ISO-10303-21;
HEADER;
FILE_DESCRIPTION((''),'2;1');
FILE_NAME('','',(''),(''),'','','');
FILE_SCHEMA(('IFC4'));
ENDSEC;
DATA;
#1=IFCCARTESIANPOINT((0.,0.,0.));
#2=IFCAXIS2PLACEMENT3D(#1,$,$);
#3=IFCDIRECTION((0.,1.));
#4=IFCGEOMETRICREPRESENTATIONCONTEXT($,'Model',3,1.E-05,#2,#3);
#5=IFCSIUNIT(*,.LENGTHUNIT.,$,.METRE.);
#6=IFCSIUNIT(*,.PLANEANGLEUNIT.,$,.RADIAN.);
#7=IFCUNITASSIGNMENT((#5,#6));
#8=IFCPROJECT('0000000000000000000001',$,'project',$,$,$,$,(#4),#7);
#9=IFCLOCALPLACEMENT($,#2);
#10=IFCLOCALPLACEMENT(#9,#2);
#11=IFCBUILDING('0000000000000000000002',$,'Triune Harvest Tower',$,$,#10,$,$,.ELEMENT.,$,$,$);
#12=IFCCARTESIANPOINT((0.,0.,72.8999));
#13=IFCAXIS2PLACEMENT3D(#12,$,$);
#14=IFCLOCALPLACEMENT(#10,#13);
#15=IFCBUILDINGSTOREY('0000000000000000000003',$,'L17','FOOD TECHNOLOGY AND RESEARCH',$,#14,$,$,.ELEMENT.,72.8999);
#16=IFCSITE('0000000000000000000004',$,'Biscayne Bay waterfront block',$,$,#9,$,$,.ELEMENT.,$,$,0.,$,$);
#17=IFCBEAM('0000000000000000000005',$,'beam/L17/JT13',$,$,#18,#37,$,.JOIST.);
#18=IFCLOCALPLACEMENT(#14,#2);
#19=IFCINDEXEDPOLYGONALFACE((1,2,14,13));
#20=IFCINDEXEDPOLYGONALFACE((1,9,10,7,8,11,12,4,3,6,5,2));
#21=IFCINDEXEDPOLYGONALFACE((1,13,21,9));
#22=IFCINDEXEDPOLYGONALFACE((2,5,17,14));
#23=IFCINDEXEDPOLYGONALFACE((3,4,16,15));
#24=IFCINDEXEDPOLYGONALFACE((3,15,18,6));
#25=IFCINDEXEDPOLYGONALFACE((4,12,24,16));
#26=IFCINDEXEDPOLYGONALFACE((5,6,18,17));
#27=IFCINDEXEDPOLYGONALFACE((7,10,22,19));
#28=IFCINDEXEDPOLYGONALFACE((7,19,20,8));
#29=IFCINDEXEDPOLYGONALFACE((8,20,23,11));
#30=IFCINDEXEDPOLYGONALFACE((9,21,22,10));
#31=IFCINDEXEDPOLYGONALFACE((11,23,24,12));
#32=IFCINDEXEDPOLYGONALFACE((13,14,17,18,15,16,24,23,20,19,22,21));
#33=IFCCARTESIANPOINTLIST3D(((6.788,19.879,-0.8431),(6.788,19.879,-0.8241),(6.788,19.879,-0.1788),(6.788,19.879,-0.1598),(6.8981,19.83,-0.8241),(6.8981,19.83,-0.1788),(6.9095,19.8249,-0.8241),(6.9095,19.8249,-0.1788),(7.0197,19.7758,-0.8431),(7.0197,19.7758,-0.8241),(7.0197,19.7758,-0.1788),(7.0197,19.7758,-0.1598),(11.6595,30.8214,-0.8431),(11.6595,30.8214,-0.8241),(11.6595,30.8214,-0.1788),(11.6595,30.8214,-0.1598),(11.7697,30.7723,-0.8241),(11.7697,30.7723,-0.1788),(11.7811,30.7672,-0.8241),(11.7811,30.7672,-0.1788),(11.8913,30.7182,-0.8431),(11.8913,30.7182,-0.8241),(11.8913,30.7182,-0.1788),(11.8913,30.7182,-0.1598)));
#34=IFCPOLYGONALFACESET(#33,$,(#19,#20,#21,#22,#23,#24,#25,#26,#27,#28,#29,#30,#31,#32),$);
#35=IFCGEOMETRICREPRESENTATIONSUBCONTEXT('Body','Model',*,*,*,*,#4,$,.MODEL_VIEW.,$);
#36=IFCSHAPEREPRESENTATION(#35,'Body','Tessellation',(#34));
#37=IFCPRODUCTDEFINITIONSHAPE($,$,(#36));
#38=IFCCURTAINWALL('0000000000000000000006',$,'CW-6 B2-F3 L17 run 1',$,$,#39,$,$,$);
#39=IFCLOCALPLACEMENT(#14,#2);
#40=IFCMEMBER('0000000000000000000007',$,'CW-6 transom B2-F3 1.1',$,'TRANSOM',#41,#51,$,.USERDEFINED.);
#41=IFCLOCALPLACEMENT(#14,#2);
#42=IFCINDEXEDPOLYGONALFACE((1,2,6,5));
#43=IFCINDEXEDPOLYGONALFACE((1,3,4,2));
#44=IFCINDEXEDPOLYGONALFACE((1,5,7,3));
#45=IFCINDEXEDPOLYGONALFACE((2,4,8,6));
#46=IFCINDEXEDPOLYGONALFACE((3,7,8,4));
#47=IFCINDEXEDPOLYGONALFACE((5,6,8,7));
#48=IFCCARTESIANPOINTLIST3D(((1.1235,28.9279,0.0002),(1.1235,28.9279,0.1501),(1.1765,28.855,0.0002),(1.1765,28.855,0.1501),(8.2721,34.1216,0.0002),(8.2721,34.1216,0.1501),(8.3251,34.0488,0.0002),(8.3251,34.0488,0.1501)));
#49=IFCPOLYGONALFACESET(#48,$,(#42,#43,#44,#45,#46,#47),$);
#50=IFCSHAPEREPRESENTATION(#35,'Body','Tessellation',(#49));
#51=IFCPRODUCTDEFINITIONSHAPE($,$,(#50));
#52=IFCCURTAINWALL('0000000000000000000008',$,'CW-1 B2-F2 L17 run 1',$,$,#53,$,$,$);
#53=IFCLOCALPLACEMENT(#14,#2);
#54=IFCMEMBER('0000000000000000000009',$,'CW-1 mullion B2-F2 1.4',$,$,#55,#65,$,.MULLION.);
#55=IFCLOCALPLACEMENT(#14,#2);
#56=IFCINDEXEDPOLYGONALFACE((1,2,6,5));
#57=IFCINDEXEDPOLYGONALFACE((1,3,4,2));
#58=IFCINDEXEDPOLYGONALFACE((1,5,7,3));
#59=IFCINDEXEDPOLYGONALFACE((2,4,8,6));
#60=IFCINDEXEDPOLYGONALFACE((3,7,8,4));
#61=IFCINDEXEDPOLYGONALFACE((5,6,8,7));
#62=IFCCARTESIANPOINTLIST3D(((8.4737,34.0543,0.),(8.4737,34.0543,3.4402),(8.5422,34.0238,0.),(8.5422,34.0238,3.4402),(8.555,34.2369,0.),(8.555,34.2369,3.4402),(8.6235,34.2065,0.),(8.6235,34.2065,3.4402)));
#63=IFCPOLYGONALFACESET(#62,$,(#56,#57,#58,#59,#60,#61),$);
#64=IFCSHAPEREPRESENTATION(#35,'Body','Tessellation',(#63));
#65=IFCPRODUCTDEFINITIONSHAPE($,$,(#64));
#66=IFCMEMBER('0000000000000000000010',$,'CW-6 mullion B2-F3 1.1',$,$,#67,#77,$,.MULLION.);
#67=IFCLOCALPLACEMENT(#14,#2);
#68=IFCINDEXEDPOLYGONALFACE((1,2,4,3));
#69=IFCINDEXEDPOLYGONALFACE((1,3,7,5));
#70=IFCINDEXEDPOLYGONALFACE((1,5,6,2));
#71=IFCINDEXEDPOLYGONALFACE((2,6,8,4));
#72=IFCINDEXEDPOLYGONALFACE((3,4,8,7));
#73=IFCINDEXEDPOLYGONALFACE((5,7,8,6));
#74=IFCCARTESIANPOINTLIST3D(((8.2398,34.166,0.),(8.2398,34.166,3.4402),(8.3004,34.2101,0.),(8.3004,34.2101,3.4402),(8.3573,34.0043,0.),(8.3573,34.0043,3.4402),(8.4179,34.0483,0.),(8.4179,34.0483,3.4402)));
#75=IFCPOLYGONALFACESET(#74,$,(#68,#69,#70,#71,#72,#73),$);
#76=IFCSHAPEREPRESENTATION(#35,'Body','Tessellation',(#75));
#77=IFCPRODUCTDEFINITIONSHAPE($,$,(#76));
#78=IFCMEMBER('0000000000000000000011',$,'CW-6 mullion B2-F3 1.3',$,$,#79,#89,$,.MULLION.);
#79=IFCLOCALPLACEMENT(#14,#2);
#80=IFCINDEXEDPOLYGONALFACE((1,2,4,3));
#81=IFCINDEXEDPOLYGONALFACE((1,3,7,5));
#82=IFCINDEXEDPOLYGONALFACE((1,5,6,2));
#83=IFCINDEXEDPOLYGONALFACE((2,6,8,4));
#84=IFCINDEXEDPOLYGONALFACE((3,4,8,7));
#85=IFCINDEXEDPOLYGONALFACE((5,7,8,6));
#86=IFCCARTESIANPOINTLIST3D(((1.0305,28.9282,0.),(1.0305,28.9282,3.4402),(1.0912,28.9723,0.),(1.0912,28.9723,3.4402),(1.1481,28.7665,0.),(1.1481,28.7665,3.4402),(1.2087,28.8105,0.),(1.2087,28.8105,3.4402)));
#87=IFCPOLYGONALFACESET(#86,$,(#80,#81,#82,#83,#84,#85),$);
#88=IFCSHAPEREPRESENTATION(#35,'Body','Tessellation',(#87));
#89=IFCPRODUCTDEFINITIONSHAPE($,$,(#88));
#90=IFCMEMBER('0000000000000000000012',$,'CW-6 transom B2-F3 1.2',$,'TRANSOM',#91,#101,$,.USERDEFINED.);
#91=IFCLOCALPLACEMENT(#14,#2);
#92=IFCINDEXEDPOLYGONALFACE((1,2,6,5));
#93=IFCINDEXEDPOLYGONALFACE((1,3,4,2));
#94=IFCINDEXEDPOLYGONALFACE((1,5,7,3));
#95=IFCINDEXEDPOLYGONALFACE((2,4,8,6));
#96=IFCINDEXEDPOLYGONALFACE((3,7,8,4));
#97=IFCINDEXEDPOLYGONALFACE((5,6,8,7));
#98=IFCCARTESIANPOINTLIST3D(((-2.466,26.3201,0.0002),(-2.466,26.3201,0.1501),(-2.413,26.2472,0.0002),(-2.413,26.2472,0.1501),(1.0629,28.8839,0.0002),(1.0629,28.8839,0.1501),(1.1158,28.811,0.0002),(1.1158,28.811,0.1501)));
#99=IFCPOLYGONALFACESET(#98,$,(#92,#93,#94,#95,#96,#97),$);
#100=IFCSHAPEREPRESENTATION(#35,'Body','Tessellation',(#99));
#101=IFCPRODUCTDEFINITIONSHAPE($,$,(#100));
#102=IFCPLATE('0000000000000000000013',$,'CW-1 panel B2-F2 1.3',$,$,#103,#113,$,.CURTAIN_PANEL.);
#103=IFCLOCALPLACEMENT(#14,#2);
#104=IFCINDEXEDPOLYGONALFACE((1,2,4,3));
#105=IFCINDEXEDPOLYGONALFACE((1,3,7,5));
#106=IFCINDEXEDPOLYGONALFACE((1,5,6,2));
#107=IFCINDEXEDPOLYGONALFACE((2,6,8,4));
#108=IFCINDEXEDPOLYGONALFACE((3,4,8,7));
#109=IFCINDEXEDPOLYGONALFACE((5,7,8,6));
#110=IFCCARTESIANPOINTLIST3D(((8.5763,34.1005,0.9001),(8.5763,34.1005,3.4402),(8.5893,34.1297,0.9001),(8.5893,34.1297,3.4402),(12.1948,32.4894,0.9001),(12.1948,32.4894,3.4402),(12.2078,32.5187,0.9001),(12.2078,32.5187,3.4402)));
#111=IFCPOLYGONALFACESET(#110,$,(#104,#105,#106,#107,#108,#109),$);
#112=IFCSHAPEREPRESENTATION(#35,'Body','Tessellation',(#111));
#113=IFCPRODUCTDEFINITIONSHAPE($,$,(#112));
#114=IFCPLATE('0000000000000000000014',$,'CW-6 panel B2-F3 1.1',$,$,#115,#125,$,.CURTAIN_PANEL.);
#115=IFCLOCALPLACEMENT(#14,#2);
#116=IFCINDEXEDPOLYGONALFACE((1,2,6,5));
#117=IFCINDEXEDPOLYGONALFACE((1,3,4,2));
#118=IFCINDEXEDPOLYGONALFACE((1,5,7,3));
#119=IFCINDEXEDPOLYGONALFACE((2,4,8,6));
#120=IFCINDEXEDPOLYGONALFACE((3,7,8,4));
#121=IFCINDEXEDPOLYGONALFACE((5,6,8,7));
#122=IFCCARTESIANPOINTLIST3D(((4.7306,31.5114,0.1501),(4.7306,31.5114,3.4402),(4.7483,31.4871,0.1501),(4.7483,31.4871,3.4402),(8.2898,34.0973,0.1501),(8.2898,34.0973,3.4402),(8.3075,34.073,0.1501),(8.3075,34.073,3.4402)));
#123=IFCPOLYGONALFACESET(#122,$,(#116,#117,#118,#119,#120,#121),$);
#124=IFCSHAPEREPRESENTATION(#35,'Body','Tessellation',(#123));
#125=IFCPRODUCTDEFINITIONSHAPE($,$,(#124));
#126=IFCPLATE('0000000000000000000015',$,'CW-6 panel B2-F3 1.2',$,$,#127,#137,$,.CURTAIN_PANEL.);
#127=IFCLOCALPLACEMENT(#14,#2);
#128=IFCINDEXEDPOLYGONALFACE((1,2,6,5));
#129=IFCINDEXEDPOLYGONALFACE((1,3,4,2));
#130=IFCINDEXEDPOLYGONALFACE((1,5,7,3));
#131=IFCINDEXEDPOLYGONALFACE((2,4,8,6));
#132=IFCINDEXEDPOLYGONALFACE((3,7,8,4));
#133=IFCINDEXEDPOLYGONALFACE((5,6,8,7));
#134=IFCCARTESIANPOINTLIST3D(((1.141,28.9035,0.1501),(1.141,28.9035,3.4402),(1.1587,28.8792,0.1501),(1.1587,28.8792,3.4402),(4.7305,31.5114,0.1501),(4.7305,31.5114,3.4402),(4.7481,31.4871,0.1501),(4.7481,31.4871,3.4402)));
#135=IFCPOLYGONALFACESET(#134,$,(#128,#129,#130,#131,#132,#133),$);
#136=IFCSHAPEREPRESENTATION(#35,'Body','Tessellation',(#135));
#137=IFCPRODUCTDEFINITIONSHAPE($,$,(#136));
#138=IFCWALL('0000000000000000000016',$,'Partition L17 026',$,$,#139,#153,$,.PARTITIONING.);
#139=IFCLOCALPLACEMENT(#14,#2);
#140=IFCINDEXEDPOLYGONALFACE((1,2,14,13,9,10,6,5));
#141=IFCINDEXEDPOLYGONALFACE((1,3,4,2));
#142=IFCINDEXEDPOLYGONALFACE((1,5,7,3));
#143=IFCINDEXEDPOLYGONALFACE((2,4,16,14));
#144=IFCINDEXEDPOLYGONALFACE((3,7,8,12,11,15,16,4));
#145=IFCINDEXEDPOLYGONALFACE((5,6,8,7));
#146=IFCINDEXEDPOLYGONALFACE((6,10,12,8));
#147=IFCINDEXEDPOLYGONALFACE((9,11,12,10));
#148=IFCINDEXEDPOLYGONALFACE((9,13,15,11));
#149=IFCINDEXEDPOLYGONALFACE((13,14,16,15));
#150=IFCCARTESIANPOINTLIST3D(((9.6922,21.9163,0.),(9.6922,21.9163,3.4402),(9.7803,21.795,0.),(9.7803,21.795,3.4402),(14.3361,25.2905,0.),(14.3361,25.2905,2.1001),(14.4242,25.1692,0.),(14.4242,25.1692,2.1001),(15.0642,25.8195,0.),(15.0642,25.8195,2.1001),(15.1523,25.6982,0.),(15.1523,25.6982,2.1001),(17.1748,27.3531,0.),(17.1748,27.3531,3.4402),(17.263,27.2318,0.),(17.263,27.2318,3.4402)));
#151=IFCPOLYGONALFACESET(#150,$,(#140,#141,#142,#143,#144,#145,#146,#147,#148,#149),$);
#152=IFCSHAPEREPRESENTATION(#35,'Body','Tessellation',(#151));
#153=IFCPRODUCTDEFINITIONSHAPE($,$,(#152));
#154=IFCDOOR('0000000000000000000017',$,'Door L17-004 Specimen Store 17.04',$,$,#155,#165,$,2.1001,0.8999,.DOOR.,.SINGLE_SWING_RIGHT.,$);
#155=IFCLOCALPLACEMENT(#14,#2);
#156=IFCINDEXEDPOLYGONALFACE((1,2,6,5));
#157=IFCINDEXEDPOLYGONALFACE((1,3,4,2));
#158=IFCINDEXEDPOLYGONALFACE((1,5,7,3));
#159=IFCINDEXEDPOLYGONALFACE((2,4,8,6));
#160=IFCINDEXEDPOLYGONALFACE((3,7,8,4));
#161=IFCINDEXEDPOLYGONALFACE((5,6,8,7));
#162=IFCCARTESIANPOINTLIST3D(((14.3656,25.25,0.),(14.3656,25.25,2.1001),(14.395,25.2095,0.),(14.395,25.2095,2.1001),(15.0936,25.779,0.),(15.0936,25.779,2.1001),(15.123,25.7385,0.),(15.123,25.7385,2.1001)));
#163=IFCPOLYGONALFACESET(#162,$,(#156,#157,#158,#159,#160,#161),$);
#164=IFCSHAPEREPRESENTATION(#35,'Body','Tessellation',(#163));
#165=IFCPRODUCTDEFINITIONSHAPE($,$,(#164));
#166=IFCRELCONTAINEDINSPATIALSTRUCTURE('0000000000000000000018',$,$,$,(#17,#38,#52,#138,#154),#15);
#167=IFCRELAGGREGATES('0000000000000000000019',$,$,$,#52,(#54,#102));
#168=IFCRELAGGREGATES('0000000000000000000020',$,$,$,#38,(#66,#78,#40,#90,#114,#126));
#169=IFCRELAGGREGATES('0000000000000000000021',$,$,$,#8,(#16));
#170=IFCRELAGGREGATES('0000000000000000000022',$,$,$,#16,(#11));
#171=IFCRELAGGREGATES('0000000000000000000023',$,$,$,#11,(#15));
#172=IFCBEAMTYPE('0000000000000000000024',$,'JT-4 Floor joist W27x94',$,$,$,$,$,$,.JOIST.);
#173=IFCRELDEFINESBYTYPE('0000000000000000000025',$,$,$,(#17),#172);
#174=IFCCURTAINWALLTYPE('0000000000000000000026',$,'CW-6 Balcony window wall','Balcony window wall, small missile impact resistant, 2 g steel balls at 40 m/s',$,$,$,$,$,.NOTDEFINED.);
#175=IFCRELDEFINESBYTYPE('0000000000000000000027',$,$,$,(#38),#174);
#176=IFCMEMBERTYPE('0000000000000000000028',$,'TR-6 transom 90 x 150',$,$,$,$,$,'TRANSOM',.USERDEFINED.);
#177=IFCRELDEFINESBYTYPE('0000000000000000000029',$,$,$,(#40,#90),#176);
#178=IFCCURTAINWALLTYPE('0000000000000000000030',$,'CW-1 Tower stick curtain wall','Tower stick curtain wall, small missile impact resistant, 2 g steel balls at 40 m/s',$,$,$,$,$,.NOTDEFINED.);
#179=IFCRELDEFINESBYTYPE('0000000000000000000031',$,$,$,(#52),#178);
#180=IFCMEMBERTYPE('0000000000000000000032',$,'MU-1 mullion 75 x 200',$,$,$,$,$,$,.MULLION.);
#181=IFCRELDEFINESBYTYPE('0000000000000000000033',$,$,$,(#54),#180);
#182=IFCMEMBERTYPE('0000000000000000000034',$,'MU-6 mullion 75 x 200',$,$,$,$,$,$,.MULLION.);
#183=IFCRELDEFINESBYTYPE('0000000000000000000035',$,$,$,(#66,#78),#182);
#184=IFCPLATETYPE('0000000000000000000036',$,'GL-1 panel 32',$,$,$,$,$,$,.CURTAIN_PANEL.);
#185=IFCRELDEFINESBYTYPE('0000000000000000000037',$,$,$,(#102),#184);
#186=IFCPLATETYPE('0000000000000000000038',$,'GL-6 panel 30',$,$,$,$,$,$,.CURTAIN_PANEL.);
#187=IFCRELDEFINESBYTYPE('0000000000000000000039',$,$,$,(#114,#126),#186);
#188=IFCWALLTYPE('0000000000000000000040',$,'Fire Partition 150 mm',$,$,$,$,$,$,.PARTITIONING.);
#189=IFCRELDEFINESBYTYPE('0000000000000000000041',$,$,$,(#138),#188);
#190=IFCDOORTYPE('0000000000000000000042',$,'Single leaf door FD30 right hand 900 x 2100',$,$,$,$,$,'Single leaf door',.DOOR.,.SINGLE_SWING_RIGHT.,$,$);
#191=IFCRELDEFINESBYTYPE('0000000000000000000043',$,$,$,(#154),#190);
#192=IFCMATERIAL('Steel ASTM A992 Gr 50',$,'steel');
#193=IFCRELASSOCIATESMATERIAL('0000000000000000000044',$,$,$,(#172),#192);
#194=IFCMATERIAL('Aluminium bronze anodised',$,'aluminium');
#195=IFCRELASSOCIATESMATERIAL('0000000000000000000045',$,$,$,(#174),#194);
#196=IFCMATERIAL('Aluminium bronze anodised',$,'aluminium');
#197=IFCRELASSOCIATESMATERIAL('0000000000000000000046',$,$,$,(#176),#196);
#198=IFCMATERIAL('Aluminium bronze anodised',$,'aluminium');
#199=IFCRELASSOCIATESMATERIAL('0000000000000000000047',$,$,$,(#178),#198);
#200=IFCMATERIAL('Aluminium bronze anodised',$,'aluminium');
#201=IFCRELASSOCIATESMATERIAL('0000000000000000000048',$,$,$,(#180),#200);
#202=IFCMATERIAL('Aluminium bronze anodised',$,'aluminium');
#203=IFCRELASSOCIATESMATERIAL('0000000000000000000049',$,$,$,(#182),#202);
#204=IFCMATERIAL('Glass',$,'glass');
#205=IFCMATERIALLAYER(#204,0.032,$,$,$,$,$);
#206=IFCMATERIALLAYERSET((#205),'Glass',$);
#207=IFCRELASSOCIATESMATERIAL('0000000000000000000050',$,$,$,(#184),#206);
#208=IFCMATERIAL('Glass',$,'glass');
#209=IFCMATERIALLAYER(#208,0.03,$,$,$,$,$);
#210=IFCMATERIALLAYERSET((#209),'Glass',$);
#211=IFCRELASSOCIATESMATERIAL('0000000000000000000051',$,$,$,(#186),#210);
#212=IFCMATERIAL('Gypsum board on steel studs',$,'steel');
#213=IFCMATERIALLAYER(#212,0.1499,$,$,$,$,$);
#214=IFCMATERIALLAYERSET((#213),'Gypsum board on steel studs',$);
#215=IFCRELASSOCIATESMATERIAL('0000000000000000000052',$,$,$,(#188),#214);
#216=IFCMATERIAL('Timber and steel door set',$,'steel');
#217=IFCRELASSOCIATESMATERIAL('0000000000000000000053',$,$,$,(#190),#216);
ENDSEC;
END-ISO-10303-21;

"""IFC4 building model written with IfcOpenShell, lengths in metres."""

from ifc_helpers import new_model, si_unit, direction, frame, frame_2d, origin, origin_2d, place, context, subcontext, project, spatial, rectangle, i_section, extrude, source, transform, mapped, material, layer, layer_set, material_profile, profile_set, type_object, element, fill, aggregate, save


model = new_model("IFC4")

# Units and contexts
model_context = context("Model", 3, precision=1e-05, world=origin(), true_north=direction((0.0, 1.0)))
body_context = subcontext(model_context, "Body", "Model", "MODEL_VIEW")
ifc_project = project(units=[si_unit("LENGTHUNIT", "METRE"), si_unit("PLANEANGLEUNIT", "RADIAN")], contexts=[model_context])

# Site, building, storey
site_placement = place(None, origin())
site = spatial("IfcSite", under=ifc_project, at=site_placement, Name="Biscayne Bay waterfront block", CompositionType="ELEMENT", RefElevation=0.0)
building_placement = place(site_placement, origin())
building = spatial("IfcBuilding", under=site, at=building_placement, Name="Triune Harvest Tower", CompositionType="ELEMENT")
storey_placement = place(building_placement, frame((0.0, 0.0, 72.8999)))
storey = spatial("IfcBuildingStorey", under=building, at=storey_placement, Name="L17", Description="FOOD TECHNOLOGY AND RESEARCH", CompositionType="ELEMENT", Elevation=72.8999)

# Beam
ifc_material_1 = material(Name="Steel ASTM A992 Gr 50", Category="steel")
ifc_material_profile_1 = material_profile(ifc_material_1, i_section(OverallWidth=0.2537, OverallDepth=0.6833, WebThickness=0.0125, FlangeThickness=0.019, at=origin_2d()), Name="W27x94")
ifc_profile_set_1 = profile_set([ifc_material_profile_1], Name="Steel ASTM A992 Gr 50")
beam_type_1 = type_object("IfcBeamType", Name="JT-4 Floor joist W27x94", PredefinedType="JOIST", material=ifc_profile_set_1)
shared_shape_1 = source(origin(), body_context, "Body", "SweptSolid", [
    extrude(i_section(OverallWidth=0.2537, OverallDepth=0.6833, WebThickness=0.0125, FlangeThickness=0.019, at=origin_2d()), origin(), (0.0, 0.0, 1.0), 11.9778),
])
beam_1_placement = place(storey_placement, frame((11.7754, 30.7698, -0.5015), z_axis=(-0.406717, -0.913554, 0.0), x_axis=(0.913554, -0.406717, 0.0)))
element("IfcBeam", 1, at=beam_1_placement, inside=storey, type_object=beam_type_1, Name="beam/L17/JT13", PredefinedType="JOIST", context=body_context, shape_type="MappedRepresentation", body=[
    mapped(shared_shape_1, transform((0.0, 0.0, 0.0), scale=1.0)),
])

# Curtain walls, members
ifc_material_2 = material(Name="Aluminium bronze anodised", Category="aluminium")
curtain_wall_type_1 = type_object("IfcCurtainWallType", Name="CW-6 Balcony window wall", Description="Balcony window wall, small missile impact resistant, 2 g steel balls at 40 m/s", PredefinedType="NOTDEFINED", material=ifc_material_2)
curtain_wall_1_placement = place(storey_placement, origin())
curtain_wall_1 = element("IfcCurtainWall", 2, at=curtain_wall_1_placement, inside=storey, type_object=curtain_wall_type_1, Name="CW-6 B2-F3 L17 run 1")
ifc_material_3 = material(Name="Aluminium bronze anodised", Category="aluminium")
ifc_material_profile_2 = material_profile(ifc_material_3, rectangle(XDim=0.0901, YDim=0.1499, at=origin_2d()), Name="TR-6 transom 90 x 150")
ifc_profile_set_2 = profile_set([ifc_material_profile_2], Name="Aluminium bronze anodised")
member_type_1 = type_object("IfcMemberType", Name="TR-6 transom 90 x 150", ElementType="TRANSOM", PredefinedType="USERDEFINED", material=ifc_profile_set_2)
shared_shape_2 = source(origin(), body_context, "Body", "SweptSolid", [
    extrude(rectangle(XDim=0.0901, YDim=0.1499, at=origin_2d()), origin(), (0.0, 0.0, 1.0), 8.8362),
])
member_1_placement = place(storey_placement, frame((8.2986, 34.0852, 0.0752), z_axis=(-0.809016, -0.587787, 0.0), x_axis=(0.587787, -0.809016, 0.0)))
member_1 = element("IfcMember", 3, at=member_1_placement, type_object=member_type_1, Name="CW-6 transom B2-F3 1.1", ObjectType="TRANSOM", PredefinedType="USERDEFINED", context=body_context, shape_type="MappedRepresentation", body=[
    mapped(shared_shape_2, transform((0.0, 0.0, 0.0), scale=1.0)),
])
ifc_material_4 = material(Name="Aluminium bronze anodised", Category="aluminium")
curtain_wall_type_2 = type_object("IfcCurtainWallType", Name="CW-1 Tower stick curtain wall", Description="Tower stick curtain wall, small missile impact resistant, 2 g steel balls at 40 m/s", PredefinedType="NOTDEFINED", material=ifc_material_4)
curtain_wall_2_placement = place(storey_placement, origin())
curtain_wall_2 = element("IfcCurtainWall", 4, at=curtain_wall_2_placement, inside=storey, type_object=curtain_wall_type_2, Name="CW-1 B2-F2 L17 run 1")
ifc_material_5 = material(Name="Aluminium bronze anodised", Category="aluminium")
ifc_material_profile_3 = material_profile(ifc_material_5, rectangle(XDim=0.2, YDim=0.075, at=origin_2d()), Name="MU-1 mullion 75 x 200")
ifc_profile_set_3 = profile_set([ifc_material_profile_3], Name="Aluminium bronze anodised")
member_type_2 = type_object("IfcMemberType", Name="MU-1 mullion 75 x 200", PredefinedType="MULLION", material=ifc_profile_set_3)
shared_shape_3 = source(origin(), body_context, "Body", "SweptSolid", [
    extrude(rectangle(XDim=0.2, YDim=0.075, at=origin_2d()), origin(), (0.0, 0.0, 1.0), 3.4402),
])
member_2_placement = place(storey_placement, frame((8.5486, 34.1304, 0.0), z_axis=(0.0, 0.0, 1.0), x_axis=(-0.406734, -0.913547, 0.0)))
member_2 = element("IfcMember", 5, at=member_2_placement, type_object=member_type_2, Name="CW-1 mullion B2-F2 1.4", PredefinedType="MULLION", context=body_context, shape_type="MappedRepresentation", body=[
    mapped(shared_shape_3, transform((0.0, 0.0, 0.0), scale=1.0)),
])

# Members
ifc_material_6 = material(Name="Aluminium bronze anodised", Category="aluminium")
ifc_material_profile_4 = material_profile(ifc_material_6, rectangle(XDim=0.2, YDim=0.075, at=origin_2d()), Name="MU-6 mullion 75 x 200")
ifc_profile_set_4 = profile_set([ifc_material_profile_4], Name="Aluminium bronze anodised")
member_type_3 = type_object("IfcMemberType", Name="MU-6 mullion 75 x 200", PredefinedType="MULLION", material=ifc_profile_set_4)
shared_shape_4 = source(origin(), body_context, "Body", "SweptSolid", [
    extrude(rectangle(XDim=0.2, YDim=0.075, at=origin_2d()), origin(), (0.0, 0.0, 1.0), 3.4402),
])
member_3_placement = place(storey_placement, frame((8.3289, 34.1072, 0.0), z_axis=(0.0, 0.0, 1.0), x_axis=(0.587785, -0.809017, 0.0)))
member_3 = element("IfcMember", 6, at=member_3_placement, type_object=member_type_3, Name="CW-6 mullion B2-F3 1.1", PredefinedType="MULLION", context=body_context, shape_type="MappedRepresentation", body=[
    mapped(shared_shape_4, transform((0.0, 0.0, 0.0), scale=1.0)),
])
member_4_placement = place(storey_placement, frame((1.1196, 28.8694, 0.0), z_axis=(0.0, 0.0, 1.0), x_axis=(0.587785, -0.809017, 0.0)))
member_4 = element("IfcMember", 7, at=member_4_placement, type_object=member_type_3, Name="CW-6 mullion B2-F3 1.3", PredefinedType="MULLION", context=body_context, shape_type="MappedRepresentation", body=[
    mapped(shared_shape_4, transform((0.0, 0.0, 0.0), scale=1.0)),
])
shared_shape_5 = source(origin(), body_context, "Body", "SweptSolid", [
    extrude(rectangle(XDim=0.0901, YDim=0.1499, at=origin_2d()), origin(), (0.0, 0.0, 1.0), 4.3618),
])
member_5_placement = place(storey_placement, frame((1.0894, 28.8474, 0.0752), z_axis=(-0.809029, -0.587769, 0.0), x_axis=(0.587769, -0.809029, 0.0)))
member_5 = element("IfcMember", 8, at=member_5_placement, type_object=member_type_1, Name="CW-6 transom B2-F3 1.2", ObjectType="TRANSOM", PredefinedType="USERDEFINED", context=body_context, shape_type="MappedRepresentation", body=[
    mapped(shared_shape_5, transform((0.0, 0.0, 0.0), scale=1.0)),
])

# Plates
ifc_material_7 = material(Name="Glass", Category="glass")
ifc_layer_1 = layer(ifc_material_7, 0.032)
ifc_layer_set_1 = layer_set([ifc_layer_1], Name="Glass")
plate_type_1 = type_object("IfcPlateType", Name="GL-1 panel 32", PredefinedType="CURTAIN_PANEL", material=ifc_layer_set_1)
shared_shape_6 = source(origin(), body_context, "Body", "SweptSolid", [
    extrude(rectangle(XDim=3.9609, YDim=0.032, at=origin_2d()), origin(), (0.0, 0.0, 1.0), 2.54),
])
plate_1_placement = place(storey_placement, frame((10.3921, 33.3096, 0.9001), z_axis=(0.0, 0.0, 1.0), x_axis=(-0.913547, 0.406734, 0.0)))
plate_1 = element("IfcPlate", 9, at=plate_1_placement, type_object=plate_type_1, Name="CW-1 panel B2-F2 1.3", PredefinedType="CURTAIN_PANEL", context=body_context, shape_type="MappedRepresentation", body=[
    mapped(shared_shape_6, transform((0.0, 0.0, 0.0), scale=1.0)),
])
aggregate(curtain_wall_2, [member_2, plate_1])
ifc_material_8 = material(Name="Glass", Category="glass")
ifc_layer_2 = layer(ifc_material_8, 0.03)
ifc_layer_set_2 = layer_set([ifc_layer_2], Name="Glass")
plate_type_2 = type_object("IfcPlateType", Name="GL-6 panel 30", PredefinedType="CURTAIN_PANEL", material=ifc_layer_set_2)
shared_shape_7 = source(origin(), body_context, "Body", "SweptSolid", [
    extrude(rectangle(XDim=4.3994, YDim=0.03, at=origin_2d()), origin(), (0.0, 0.0, 1.0), 3.29),
])
plate_2_placement = place(storey_placement, frame((6.519, 32.7922, 0.1501), z_axis=(0.0, 0.0, 1.0), x_axis=(-0.809017, -0.587785, 0.0)))
plate_2 = element("IfcPlate", 10, at=plate_2_placement, type_object=plate_type_2, Name="CW-6 panel B2-F3 1.1", PredefinedType="CURTAIN_PANEL", context=body_context, shape_type="MappedRepresentation", body=[
    mapped(shared_shape_7, transform((0.0, 0.0, 0.0), scale=1.0)),
])
shared_shape_8 = source(origin(), body_context, "Body", "SweptSolid", [
    extrude(rectangle(XDim=4.4368, YDim=0.03, at=origin_2d()), origin(), (0.0, 0.0, 1.0), 3.29),
])
plate_3_placement = place(storey_placement, frame((2.9446, 30.1953, 0.1501), z_axis=(0.0, 0.0, 1.0), x_axis=(-0.809017, -0.587785, 0.0)))
plate_3 = element("IfcPlate", 11, at=plate_3_placement, type_object=plate_type_2, Name="CW-6 panel B2-F3 1.2", PredefinedType="CURTAIN_PANEL", context=body_context, shape_type="MappedRepresentation", body=[
    mapped(shared_shape_8, transform((0.0, 0.0, 0.0), scale=1.0)),
])
aggregate(curtain_wall_1, [member_3, member_4, member_1, member_5, plate_2, plate_3])

# Wall, opening, door
ifc_material_9 = material(Name="Gypsum board on steel studs", Category="steel")
ifc_layer_3 = layer(ifc_material_9, 0.1499)
ifc_layer_set_3 = layer_set([ifc_layer_3], Name="Gypsum board on steel studs")
wall_type_1 = type_object("IfcWallType", Name="Fire Partition 150 mm", PredefinedType="PARTITIONING", material=ifc_layer_set_3)
wall_1_placement = place(storey_placement, frame((9.7363, 21.8557, 0.0), z_axis=(0.0, 0.0, 1.0), x_axis=(0.809002, 0.587806, 0.0)))
wall_1 = element("IfcWall", 12, at=wall_1_placement, inside=storey, type_object=wall_type_1, Name="Partition L17 026", PredefinedType="PARTITIONING", context=body_context, shape_type="SweptSolid", body=[
    extrude(rectangle(XDim=9.2493, YDim=0.1499, at=frame_2d((4.6245, 0.0))), origin(), (0.0, 0.0, 1.0), 3.4402),
])
opening_1_placement = place(wall_1_placement, frame((5.7402, 0.0, 0.0)))
opening_1 = element("IfcOpeningElement", 13, at=opening_1_placement, cuts=wall_1, PredefinedType="OPENING", context=body_context, shape_type="SweptSolid", body=[
    extrude(rectangle(XDim=0.8999, YDim=2.1001, at=frame_2d((0.45, 1.05))), frame((0.0, 0.085, 0.0), z_axis=(0.0, -1.0, 0.0), x_axis=(1.0, 0.0, 0.0)), (0.0, 0.0, 1.0), 0.1699),
])
ifc_material_10 = material(Name="Timber and steel door set", Category="steel")
door_type_1 = type_object("IfcDoorType", Name="Single leaf door FD30 right hand 900 x 2100", ElementType="Single leaf door", OperationType="SINGLE_SWING_RIGHT", PredefinedType="DOOR", material=ifc_material_10)
door_1_placement = place(opening_1_placement, origin())
door_1 = element("IfcDoor", 14, at=door_1_placement, inside=storey, type_object=door_type_1, Name="Door L17-004 Specimen Store 17.04", OperationType="SINGLE_SWING_RIGHT", OverallHeight=2.1001, OverallWidth=0.8999, PredefinedType="DOOR", context=body_context, shape_type="SweptSolid", body=[
    extrude(rectangle(XDim=0.8999, YDim=2.1001, at=frame_2d((0.45, 1.05))), frame((0.0, 0.0249, 0.0), z_axis=(0.0, -1.0, 0.0), x_axis=(1.0, 0.0, 0.0)), (0.0, 0.0, 1.0), 0.05),
])
fill(opening_1, door_1)

save(model, "model.ifc")
